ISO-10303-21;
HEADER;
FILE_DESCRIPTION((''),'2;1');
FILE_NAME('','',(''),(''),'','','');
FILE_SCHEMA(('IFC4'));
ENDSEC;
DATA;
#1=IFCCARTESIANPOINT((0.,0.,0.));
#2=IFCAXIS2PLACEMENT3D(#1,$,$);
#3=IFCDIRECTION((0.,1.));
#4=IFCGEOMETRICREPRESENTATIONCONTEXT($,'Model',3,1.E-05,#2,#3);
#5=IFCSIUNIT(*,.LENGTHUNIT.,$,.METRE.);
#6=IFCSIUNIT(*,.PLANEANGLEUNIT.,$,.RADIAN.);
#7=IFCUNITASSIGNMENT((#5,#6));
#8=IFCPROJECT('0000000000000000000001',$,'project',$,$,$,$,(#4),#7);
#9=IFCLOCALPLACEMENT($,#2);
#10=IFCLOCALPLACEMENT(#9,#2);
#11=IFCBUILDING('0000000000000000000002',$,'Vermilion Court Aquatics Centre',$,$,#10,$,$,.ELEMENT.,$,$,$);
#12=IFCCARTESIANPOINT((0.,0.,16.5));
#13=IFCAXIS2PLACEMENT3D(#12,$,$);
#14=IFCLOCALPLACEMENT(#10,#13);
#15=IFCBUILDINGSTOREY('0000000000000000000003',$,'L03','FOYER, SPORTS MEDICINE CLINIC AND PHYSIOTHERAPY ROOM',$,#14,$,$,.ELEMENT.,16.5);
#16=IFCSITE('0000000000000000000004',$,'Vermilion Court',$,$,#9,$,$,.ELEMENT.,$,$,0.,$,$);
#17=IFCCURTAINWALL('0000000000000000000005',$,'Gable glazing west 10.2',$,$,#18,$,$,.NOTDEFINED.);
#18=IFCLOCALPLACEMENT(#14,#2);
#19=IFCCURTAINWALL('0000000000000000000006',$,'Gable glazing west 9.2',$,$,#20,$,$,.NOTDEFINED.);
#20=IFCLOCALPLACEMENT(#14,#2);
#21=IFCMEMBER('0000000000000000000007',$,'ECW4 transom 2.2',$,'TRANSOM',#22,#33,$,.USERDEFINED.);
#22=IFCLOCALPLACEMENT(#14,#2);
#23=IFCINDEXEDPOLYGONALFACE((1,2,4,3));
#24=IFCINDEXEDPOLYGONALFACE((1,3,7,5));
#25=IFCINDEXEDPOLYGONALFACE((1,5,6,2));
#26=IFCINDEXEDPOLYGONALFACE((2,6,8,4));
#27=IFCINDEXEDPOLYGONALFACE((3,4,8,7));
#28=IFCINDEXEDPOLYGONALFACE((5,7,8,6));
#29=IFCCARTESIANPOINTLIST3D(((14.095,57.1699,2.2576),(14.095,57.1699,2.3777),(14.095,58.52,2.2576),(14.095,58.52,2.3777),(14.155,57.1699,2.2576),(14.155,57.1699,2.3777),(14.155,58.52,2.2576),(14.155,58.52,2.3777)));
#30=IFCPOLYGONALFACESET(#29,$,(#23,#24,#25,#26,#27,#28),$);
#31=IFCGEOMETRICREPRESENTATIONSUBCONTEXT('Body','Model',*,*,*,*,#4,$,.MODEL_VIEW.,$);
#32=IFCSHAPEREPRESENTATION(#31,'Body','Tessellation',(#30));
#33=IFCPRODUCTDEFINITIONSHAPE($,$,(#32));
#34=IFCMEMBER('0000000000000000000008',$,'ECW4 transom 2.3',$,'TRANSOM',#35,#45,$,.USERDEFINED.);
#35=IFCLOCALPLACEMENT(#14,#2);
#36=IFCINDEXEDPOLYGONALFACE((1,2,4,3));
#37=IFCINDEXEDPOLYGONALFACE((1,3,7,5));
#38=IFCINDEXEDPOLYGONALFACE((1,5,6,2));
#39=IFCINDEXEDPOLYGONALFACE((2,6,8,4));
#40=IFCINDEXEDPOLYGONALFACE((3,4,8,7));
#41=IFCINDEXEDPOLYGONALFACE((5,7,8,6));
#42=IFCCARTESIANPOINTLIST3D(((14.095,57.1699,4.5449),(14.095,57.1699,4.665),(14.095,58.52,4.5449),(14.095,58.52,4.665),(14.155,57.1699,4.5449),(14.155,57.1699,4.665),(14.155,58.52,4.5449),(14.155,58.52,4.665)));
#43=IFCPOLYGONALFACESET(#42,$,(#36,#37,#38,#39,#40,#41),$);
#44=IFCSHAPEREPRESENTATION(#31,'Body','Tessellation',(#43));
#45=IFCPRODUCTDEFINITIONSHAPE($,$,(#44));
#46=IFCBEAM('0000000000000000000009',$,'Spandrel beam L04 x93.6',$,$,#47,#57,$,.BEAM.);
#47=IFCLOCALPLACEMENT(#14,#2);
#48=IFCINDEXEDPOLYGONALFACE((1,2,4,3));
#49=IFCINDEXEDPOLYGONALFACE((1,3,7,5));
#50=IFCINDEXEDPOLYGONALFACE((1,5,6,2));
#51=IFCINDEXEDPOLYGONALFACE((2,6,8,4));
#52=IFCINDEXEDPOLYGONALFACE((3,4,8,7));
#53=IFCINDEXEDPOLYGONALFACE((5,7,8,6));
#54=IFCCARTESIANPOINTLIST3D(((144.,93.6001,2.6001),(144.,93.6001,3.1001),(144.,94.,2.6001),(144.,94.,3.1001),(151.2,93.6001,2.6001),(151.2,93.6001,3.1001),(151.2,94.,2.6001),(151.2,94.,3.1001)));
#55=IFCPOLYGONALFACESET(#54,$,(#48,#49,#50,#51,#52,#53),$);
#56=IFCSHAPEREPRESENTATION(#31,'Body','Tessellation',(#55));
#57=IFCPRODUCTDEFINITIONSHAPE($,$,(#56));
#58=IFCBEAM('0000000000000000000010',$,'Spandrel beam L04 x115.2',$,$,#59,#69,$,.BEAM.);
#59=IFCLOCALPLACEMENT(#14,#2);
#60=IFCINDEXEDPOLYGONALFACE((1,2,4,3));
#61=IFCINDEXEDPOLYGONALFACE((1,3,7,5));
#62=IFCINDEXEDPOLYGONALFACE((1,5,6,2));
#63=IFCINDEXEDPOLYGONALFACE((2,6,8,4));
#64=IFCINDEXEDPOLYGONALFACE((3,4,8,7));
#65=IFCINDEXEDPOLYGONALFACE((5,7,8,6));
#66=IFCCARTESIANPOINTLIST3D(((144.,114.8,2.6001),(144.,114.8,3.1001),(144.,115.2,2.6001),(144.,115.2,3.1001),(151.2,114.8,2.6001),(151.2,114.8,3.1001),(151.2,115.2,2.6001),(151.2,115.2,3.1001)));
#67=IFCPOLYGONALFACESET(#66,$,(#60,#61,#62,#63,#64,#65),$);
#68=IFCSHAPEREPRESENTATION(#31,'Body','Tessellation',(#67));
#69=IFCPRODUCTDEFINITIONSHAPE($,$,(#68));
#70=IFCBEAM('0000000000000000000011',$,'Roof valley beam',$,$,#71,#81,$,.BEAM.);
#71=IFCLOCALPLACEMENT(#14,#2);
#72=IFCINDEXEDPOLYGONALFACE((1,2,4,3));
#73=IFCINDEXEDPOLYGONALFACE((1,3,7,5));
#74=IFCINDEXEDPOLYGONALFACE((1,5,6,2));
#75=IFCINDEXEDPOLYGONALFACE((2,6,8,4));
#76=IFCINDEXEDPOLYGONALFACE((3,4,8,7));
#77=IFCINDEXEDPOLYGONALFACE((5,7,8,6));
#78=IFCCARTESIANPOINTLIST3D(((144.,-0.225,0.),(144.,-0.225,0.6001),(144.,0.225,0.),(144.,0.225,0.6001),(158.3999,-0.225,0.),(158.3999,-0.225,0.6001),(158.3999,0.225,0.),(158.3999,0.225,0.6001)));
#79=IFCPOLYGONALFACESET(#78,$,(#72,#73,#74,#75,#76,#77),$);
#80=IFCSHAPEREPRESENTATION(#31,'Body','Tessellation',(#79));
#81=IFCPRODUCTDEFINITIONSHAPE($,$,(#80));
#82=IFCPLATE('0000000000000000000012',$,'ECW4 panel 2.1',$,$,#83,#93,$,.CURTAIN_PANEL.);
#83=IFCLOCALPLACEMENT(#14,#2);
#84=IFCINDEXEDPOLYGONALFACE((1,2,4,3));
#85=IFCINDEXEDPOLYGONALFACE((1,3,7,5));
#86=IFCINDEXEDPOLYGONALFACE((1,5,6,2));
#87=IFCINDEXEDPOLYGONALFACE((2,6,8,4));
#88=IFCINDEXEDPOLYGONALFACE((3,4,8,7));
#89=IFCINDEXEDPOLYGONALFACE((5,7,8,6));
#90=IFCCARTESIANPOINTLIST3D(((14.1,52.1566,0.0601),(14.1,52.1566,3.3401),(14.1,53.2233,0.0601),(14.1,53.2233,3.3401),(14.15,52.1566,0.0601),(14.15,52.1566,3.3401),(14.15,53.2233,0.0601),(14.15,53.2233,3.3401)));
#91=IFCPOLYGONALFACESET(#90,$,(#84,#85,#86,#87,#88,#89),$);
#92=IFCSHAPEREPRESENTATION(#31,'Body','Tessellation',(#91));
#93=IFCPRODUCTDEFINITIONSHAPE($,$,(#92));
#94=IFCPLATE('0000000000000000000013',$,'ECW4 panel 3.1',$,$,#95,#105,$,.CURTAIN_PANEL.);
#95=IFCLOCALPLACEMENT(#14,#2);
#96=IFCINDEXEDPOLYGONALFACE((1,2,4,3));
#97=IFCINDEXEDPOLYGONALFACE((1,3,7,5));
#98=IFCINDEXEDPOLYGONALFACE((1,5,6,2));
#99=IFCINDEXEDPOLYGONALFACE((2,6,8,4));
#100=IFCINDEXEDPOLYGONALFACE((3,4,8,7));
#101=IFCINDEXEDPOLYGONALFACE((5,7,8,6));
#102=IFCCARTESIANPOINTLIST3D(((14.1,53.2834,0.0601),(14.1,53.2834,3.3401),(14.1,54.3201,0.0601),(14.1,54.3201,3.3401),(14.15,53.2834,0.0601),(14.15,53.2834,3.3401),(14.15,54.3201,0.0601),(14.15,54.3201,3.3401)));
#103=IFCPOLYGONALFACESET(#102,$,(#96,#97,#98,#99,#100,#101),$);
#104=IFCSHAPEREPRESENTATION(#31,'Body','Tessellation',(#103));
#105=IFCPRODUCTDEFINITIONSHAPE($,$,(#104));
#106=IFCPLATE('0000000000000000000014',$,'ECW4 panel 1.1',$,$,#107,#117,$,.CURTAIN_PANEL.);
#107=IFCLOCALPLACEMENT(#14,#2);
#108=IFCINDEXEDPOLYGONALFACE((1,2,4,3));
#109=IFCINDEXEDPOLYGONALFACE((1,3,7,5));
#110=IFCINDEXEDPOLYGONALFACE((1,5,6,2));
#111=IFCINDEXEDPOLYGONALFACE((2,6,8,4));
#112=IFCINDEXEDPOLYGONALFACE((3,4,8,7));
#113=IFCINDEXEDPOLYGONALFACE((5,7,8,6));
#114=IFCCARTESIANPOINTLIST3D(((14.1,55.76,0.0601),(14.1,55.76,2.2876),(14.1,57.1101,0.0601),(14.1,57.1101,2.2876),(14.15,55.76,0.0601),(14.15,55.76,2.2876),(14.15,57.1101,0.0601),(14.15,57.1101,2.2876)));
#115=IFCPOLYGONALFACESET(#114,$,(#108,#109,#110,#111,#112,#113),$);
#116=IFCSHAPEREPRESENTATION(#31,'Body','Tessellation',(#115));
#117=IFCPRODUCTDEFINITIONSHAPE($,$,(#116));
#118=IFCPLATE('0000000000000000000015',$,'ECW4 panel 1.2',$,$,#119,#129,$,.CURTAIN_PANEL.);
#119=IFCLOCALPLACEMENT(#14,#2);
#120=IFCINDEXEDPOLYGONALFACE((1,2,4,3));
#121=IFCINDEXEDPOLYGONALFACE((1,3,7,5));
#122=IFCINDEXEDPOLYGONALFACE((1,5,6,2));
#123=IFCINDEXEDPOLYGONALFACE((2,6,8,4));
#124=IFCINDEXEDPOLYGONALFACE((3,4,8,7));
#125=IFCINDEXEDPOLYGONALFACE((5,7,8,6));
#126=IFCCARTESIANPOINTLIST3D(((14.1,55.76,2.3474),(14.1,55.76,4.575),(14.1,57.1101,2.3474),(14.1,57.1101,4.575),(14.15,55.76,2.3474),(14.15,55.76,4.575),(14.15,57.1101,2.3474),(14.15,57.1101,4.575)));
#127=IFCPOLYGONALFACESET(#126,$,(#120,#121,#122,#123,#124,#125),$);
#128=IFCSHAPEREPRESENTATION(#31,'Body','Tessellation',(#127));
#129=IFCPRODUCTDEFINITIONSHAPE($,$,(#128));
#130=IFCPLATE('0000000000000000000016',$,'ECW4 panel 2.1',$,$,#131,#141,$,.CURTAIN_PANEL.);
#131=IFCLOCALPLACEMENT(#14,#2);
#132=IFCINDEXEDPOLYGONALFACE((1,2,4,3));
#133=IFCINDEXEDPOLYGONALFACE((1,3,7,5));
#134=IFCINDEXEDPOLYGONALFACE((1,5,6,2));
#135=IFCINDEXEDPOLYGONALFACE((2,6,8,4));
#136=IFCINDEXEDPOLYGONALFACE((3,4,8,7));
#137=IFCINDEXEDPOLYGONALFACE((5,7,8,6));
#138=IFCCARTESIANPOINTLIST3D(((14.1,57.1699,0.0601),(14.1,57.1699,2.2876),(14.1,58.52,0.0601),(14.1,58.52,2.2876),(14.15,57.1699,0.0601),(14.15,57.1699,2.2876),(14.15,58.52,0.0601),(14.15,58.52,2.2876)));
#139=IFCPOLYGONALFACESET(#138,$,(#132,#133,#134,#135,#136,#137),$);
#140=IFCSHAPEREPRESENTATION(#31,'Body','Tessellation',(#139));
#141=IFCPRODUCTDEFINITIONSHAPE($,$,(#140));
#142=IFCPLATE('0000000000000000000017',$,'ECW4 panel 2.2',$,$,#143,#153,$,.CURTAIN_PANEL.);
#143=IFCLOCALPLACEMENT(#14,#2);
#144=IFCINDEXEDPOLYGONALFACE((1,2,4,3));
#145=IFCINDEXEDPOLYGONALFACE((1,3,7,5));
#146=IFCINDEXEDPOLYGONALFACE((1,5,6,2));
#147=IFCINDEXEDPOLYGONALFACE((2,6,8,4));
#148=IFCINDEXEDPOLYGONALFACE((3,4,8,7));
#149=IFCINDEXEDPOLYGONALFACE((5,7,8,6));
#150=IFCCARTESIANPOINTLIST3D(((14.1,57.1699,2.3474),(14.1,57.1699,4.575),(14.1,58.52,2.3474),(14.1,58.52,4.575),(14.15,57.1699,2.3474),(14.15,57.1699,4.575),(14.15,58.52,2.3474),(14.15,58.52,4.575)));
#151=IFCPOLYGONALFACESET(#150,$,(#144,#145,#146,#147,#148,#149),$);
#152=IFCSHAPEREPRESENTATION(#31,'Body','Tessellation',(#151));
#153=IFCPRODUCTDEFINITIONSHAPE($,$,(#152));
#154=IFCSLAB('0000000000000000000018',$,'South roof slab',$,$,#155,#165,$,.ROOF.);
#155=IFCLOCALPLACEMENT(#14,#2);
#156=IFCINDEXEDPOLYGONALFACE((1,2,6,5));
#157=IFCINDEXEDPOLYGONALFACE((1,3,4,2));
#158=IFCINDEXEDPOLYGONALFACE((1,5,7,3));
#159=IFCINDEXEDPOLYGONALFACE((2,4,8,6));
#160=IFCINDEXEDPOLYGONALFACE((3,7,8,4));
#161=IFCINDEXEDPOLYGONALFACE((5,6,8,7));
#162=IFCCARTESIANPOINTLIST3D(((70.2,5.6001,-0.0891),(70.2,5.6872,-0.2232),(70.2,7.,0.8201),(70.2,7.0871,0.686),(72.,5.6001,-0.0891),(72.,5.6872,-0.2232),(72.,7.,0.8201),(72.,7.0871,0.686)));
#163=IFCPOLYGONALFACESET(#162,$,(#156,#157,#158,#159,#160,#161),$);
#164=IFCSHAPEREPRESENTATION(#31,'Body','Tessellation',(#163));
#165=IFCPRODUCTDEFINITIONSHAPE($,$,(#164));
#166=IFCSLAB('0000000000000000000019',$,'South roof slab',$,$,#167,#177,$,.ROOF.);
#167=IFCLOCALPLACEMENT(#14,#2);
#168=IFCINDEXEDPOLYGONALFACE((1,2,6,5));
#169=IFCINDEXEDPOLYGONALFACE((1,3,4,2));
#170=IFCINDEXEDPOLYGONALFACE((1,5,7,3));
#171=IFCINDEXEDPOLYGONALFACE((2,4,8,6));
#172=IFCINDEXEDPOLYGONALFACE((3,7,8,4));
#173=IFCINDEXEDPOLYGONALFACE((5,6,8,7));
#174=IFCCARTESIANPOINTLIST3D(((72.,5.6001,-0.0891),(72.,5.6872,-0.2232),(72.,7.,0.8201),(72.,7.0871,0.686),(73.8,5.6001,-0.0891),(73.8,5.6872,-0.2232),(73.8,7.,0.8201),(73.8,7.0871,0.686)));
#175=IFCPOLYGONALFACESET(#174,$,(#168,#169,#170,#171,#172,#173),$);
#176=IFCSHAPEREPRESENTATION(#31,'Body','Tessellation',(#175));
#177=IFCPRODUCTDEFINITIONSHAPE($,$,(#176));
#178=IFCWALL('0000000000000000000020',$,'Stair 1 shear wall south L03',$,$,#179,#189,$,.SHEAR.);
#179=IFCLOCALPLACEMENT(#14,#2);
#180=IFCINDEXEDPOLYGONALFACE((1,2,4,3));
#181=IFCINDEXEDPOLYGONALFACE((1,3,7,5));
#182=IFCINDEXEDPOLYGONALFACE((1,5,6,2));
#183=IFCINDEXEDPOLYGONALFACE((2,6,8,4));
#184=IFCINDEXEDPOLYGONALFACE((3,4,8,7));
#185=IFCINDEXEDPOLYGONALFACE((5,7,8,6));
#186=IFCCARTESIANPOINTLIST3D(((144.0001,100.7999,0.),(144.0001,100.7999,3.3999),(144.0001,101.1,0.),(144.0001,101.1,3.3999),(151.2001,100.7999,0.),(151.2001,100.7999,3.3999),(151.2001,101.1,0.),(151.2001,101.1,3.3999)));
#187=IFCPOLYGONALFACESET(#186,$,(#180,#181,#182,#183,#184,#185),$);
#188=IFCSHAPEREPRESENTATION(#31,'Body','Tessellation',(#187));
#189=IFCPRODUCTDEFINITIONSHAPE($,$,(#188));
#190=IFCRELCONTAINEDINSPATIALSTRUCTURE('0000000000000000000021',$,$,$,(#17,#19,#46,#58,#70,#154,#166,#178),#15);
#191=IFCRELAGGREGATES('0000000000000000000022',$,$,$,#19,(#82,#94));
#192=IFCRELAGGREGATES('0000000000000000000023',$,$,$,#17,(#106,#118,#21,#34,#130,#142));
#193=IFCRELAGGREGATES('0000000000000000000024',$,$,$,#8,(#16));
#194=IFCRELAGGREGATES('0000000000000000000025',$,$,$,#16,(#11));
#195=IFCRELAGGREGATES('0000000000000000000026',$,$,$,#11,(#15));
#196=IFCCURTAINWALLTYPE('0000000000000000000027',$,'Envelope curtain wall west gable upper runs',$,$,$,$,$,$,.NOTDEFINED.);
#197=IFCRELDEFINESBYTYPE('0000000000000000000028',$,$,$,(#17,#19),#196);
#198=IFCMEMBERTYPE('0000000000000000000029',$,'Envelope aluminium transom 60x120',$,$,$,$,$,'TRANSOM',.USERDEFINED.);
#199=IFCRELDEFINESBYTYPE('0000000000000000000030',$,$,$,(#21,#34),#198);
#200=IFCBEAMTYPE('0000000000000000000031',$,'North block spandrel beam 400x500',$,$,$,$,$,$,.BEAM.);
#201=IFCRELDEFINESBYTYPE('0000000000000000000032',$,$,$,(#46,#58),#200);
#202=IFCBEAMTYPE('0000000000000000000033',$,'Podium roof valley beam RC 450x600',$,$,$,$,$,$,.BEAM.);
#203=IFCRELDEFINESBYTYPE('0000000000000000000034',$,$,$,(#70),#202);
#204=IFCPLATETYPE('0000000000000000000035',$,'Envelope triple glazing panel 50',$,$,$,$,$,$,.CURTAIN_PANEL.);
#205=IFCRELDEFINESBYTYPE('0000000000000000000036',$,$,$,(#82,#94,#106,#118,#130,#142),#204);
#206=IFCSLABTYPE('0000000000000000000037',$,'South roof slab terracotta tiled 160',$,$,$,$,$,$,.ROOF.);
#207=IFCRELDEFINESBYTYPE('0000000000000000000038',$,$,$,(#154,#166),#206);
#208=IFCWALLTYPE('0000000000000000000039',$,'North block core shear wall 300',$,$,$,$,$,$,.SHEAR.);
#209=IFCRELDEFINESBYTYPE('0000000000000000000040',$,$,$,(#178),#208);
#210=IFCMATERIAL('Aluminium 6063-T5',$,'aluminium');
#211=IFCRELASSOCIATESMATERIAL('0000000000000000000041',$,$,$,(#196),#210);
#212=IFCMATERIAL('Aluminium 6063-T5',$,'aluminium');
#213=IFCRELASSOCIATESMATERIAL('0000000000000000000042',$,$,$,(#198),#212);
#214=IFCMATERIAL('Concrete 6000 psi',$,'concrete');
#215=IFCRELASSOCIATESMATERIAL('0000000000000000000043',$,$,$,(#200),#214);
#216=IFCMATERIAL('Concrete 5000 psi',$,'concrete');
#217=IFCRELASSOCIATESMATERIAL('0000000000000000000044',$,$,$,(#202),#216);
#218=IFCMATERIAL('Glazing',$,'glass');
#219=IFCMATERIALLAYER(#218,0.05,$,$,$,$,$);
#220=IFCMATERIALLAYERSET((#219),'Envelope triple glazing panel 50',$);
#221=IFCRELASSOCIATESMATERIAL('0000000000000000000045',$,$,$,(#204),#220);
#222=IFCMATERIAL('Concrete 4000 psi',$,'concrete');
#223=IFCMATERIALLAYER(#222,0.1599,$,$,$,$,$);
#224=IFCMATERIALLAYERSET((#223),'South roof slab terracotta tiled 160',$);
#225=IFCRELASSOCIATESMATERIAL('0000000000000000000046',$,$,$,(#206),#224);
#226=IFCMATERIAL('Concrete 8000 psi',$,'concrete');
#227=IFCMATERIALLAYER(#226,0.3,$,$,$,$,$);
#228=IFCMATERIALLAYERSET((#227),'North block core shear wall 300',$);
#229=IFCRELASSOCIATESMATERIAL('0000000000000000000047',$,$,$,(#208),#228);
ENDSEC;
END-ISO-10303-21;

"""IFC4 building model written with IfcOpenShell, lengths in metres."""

from ifc_helpers import new_model, si_unit, direction, frame, frame_2d, origin, origin_2d, place, context, subcontext, project, spatial, polyline, rectangle, outline, extrude, material, layer, layer_set, material_profile, profile_set, type_object, element, aggregate, save


model = new_model("IFC4")

# Units and contexts
model_context = context("Model", 3, precision=1e-05, world=origin(), true_north=direction((0.0, 1.0)))
body_context = subcontext(model_context, "Body", "Model", "MODEL_VIEW")
ifc_project = project(units=[si_unit("LENGTHUNIT", "METRE"), si_unit("PLANEANGLEUNIT", "RADIAN")], contexts=[model_context])

# Site, building, storey
site_placement = place(None, origin())
site = spatial("IfcSite", under=ifc_project, at=site_placement, Name="Vermilion Court", CompositionType="ELEMENT", RefElevation=0.0)
building_placement = place(site_placement, origin())
building = spatial("IfcBuilding", under=site, at=building_placement, Name="Vermilion Court Aquatics Centre", CompositionType="ELEMENT")
storey_placement = place(building_placement, frame((0.0, 0.0, 16.5)))
storey = spatial("IfcBuildingStorey", under=building, at=storey_placement, Name="L03", Description="FOYER, SPORTS MEDICINE CLINIC AND PHYSIOTHERAPY ROOM", CompositionType="ELEMENT", Elevation=16.5)

# Curtain walls
ifc_material_1 = material(Name="Aluminium 6063-T5", Category="aluminium")
curtain_wall_type = type_object("IfcCurtainWallType", Name="Envelope curtain wall west gable upper runs", PredefinedType="NOTDEFINED", material=ifc_material_1)
curtain_wall_1_placement = place(storey_placement, origin())
curtain_wall_1 = element("IfcCurtainWall", 1, at=curtain_wall_1_placement, inside=storey, type_object=curtain_wall_type, Name="Gable glazing west 10.2", PredefinedType="NOTDEFINED")
curtain_wall_2_placement = place(storey_placement, origin())
curtain_wall_2 = element("IfcCurtainWall", 2, at=curtain_wall_2_placement, inside=storey, type_object=curtain_wall_type, Name="Gable glazing west 9.2", PredefinedType="NOTDEFINED")
ifc_material_2 = material(Name="Aluminium 6063-T5", Category="aluminium")
ifc_material_profile_1 = material_profile(ifc_material_2, rectangle(XDim=0.0601, YDim=0.1201, at=origin_2d()), Name="AL 60x120")
ifc_profile_set_1 = profile_set([ifc_material_profile_1], Name="Aluminium 6063-T5")
member_type_1 = type_object("IfcMemberType", Name="Envelope aluminium transom 60x120", ElementType="TRANSOM", PredefinedType="USERDEFINED", material=ifc_profile_set_1)

# Members
member_1_placement = place(storey_placement, frame((14.125, 57.1699, 2.3176), z_axis=(0.0, 1.0, 0.0), x_axis=(-1.0, 0.0, 0.0)))
member_1 = element("IfcMember", 3, at=member_1_placement, type_object=member_type_1, Name="ECW4 transom 2.2", ObjectType="TRANSOM", PredefinedType="USERDEFINED", context=body_context, shape_type="SweptSolid", body=[
    extrude(rectangle(XDim=0.0601, YDim=0.1201, at=origin_2d()), origin(), (0.0, 0.0, 1.0), 1.3501),
])
member_2_placement = place(storey_placement, frame((14.125, 57.1699, 4.605), z_axis=(0.0, 1.0, 0.0), x_axis=(-1.0, 0.0, 0.0)))
member_2 = element("IfcMember", 4, at=member_2_placement, type_object=member_type_1, Name="ECW4 transom 2.3", ObjectType="TRANSOM", PredefinedType="USERDEFINED", context=body_context, shape_type="SweptSolid", body=[
    extrude(rectangle(XDim=0.0601, YDim=0.1201, at=origin_2d()), origin(), (0.0, 0.0, 1.0), 1.3501),
])

# Beams
ifc_material_3 = material(Name="Concrete 6000 psi", Category="concrete")
ifc_material_profile_2 = material_profile(ifc_material_3, rectangle(XDim=0.3999, YDim=0.5, at=origin_2d()), Name="RC 400x500")
ifc_profile_set_2 = profile_set([ifc_material_profile_2], Name="Concrete 6000 psi")
beam_type_1 = type_object("IfcBeamType", Name="North block spandrel beam 400x500", PredefinedType="BEAM", material=ifc_profile_set_2)
for number, where, z_axis, x_axis, name in (
    (5, (144.0, 93.8, 2.8501), (1.0, 0.0, 0.0), (0.0, 1.0, 0.0), "Spandrel beam L04 x93.6"),
    (6, (144.0, 115.0, 2.8501), (1.0, 0.0, 0.0), (0.0, 1.0, 0.0), "Spandrel beam L04 x115.2"),
):
    element("IfcBeam", number, at=place(storey_placement, frame(where, z_axis=z_axis, x_axis=x_axis)), inside=storey, type_object=beam_type_1, Name=name, PredefinedType="BEAM", context=body_context, shape_type="SweptSolid", body=[
        extrude(rectangle(XDim=0.3999, YDim=0.5, at=origin_2d()), origin(), (0.0, 0.0, 1.0), 7.2),
    ])
ifc_material_4 = material(Name="Concrete 5000 psi", Category="concrete")
ifc_material_profile_3 = material_profile(ifc_material_4, rectangle(XDim=0.45, YDim=0.6001, at=origin_2d()), Name="RC 450x600")
ifc_profile_set_3 = profile_set([ifc_material_profile_3], Name="Concrete 5000 psi")
beam_type_2 = type_object("IfcBeamType", Name="Podium roof valley beam RC 450x600", PredefinedType="BEAM", material=ifc_profile_set_3)
beam_placement = place(storey_placement, frame((144.0, 0.0, 0.3), z_axis=(1.0, 0.0, 0.0), x_axis=(0.0, 1.0, 0.0)))
element("IfcBeam", 7, at=beam_placement, inside=storey, type_object=beam_type_2, Name="Roof valley beam", PredefinedType="BEAM", context=body_context, shape_type="SweptSolid", body=[
    extrude(rectangle(XDim=0.45, YDim=0.6001, at=origin_2d()), origin(), (0.0, 0.0, 1.0), 14.3999),
])

# Plates
ifc_material_5 = material(Name="Glazing", Category="glass")
ifc_layer_1 = layer(ifc_material_5, 0.05)
ifc_layer_set_1 = layer_set([ifc_layer_1], Name="Envelope triple glazing panel 50")
plate_type = type_object("IfcPlateType", Name="Envelope triple glazing panel 50", PredefinedType="CURTAIN_PANEL", material=ifc_layer_set_1)
plate_1_placement = place(storey_placement, frame((14.125, 52.6899, 0.0601), z_axis=(0.0, 0.0, 1.0), x_axis=(0.0, 1.0, 0.0)))
plate_1 = element("IfcPlate", 8, at=plate_1_placement, type_object=plate_type, Name="ECW4 panel 2.1", PredefinedType="CURTAIN_PANEL", context=body_context, shape_type="SweptSolid", body=[
    extrude(rectangle(XDim=1.0667, YDim=0.05, at=origin_2d()), origin(), (0.0, 0.0, 1.0), 3.28),
])
plate_2_placement = place(storey_placement, frame((14.125, 53.8018, 0.0601), z_axis=(0.0, 0.0, 1.0), x_axis=(0.0, 1.0, 0.0)))
plate_2 = element("IfcPlate", 9, at=plate_2_placement, type_object=plate_type, Name="ECW4 panel 3.1", PredefinedType="CURTAIN_PANEL", context=body_context, shape_type="SweptSolid", body=[
    extrude(rectangle(XDim=1.0366, YDim=0.05, at=origin_2d()), origin(), (0.0, 0.0, 1.0), 3.28),
])
aggregate(curtain_wall_2, [plate_1, plate_2])
plate_3_placement = place(storey_placement, frame((14.125, 56.4351, 0.0601), z_axis=(0.0, 0.0, 1.0), x_axis=(0.0, 1.0, 0.0)))
plate_3 = element("IfcPlate", 10, at=plate_3_placement, type_object=plate_type, Name="ECW4 panel 1.1", PredefinedType="CURTAIN_PANEL", context=body_context, shape_type="SweptSolid", body=[
    extrude(rectangle(XDim=1.3501, YDim=0.05, at=origin_2d()), origin(), (0.0, 0.0, 1.0), 2.2275),
])
plate_4_placement = place(storey_placement, frame((14.125, 56.4351, 2.3474), z_axis=(0.0, 0.0, 1.0), x_axis=(0.0, 1.0, 0.0)))
plate_4 = element("IfcPlate", 11, at=plate_4_placement, type_object=plate_type, Name="ECW4 panel 1.2", PredefinedType="CURTAIN_PANEL", context=body_context, shape_type="SweptSolid", body=[
    extrude(rectangle(XDim=1.3501, YDim=0.05, at=origin_2d()), origin(), (0.0, 0.0, 1.0), 2.2275),
])
plate_5_placement = place(storey_placement, frame((14.125, 57.845, 0.0601), z_axis=(0.0, 0.0, 1.0), x_axis=(0.0, 1.0, 0.0)))
plate_5 = element("IfcPlate", 12, at=plate_5_placement, type_object=plate_type, Name="ECW4 panel 2.1", PredefinedType="CURTAIN_PANEL", context=body_context, shape_type="SweptSolid", body=[
    extrude(rectangle(XDim=1.3501, YDim=0.05, at=origin_2d()), origin(), (0.0, 0.0, 1.0), 2.2275),
])
plate_6_placement = place(storey_placement, frame((14.125, 57.845, 2.3474), z_axis=(0.0, 0.0, 1.0), x_axis=(0.0, 1.0, 0.0)))
plate_6 = element("IfcPlate", 13, at=plate_6_placement, type_object=plate_type, Name="ECW4 panel 2.2", PredefinedType="CURTAIN_PANEL", context=body_context, shape_type="SweptSolid", body=[
    extrude(rectangle(XDim=1.3501, YDim=0.05, at=origin_2d()), origin(), (0.0, 0.0, 1.0), 2.2275),
])
aggregate(curtain_wall_1, [plate_3, plate_4, member_1, member_2, plate_5, plate_6])

# Slabs
ifc_material_6 = material(Name="Concrete 4000 psi", Category="concrete")
ifc_layer_2 = layer(ifc_material_6, 0.1599)
ifc_layer_set_2 = layer_set([ifc_layer_2], Name="South roof slab terracotta tiled 160")
slab_type = type_object("IfcSlabType", Name="South roof slab terracotta tiled 160", PredefinedType="ROOF", material=ifc_layer_set_2)
for number, where, z_axis, x_axis, name in (
    (14, (70.2, 7.0, 0.8201), (0.0, -0.54467, 0.838651), (1.0, 0.0, 0.0), "South roof slab"),
    (15, (72.0, 7.0, 0.8201), (0.0, -0.54467, 0.838651), (1.0, 0.0, 0.0), "South roof slab"),
):
    element("IfcSlab", number, at=place(storey_placement, frame(where, z_axis=z_axis, x_axis=x_axis)), inside=storey, type_object=slab_type, Name=name, PredefinedType="ROOF", context=body_context, shape_type="SweptSolid", body=[
        extrude(outline(polyline([(0.0, 0.0), (1.8, 0.0), (1.8, -1.6692), (0.0, -1.6692), (0.0, 0.0)])), origin(), (0.0, 0.0, -1.0), 0.1599),
    ])

# Wall
ifc_material_7 = material(Name="Concrete 8000 psi", Category="concrete")
ifc_layer_3 = layer(ifc_material_7, 0.3)
ifc_layer_set_3 = layer_set([ifc_layer_3], Name="North block core shear wall 300")
wall_type_1 = type_object("IfcWallType", Name="North block core shear wall 300", PredefinedType="SHEAR", material=ifc_layer_set_3)
for number, where, z_axis, x_axis, name in (
    (16, (144.0, 100.95, 0.0), (0.0, 0.0, 1.0), (1.0, 0.0, 0.0), "Stair 1 shear wall south L03"),
):
    element("IfcWall", number, at=place(storey_placement, frame(where, z_axis=z_axis, x_axis=x_axis)), inside=storey, type_object=wall_type_1, Name=name, PredefinedType="SHEAR", context=body_context, shape_type="SweptSolid", body=[
        extrude(rectangle(XDim=7.2, YDim=0.3, at=frame_2d((3.6001, 0.0))), origin(), (0.0, 0.0, 1.0), 3.3999),
    ])

save(model, "model.ifc")
